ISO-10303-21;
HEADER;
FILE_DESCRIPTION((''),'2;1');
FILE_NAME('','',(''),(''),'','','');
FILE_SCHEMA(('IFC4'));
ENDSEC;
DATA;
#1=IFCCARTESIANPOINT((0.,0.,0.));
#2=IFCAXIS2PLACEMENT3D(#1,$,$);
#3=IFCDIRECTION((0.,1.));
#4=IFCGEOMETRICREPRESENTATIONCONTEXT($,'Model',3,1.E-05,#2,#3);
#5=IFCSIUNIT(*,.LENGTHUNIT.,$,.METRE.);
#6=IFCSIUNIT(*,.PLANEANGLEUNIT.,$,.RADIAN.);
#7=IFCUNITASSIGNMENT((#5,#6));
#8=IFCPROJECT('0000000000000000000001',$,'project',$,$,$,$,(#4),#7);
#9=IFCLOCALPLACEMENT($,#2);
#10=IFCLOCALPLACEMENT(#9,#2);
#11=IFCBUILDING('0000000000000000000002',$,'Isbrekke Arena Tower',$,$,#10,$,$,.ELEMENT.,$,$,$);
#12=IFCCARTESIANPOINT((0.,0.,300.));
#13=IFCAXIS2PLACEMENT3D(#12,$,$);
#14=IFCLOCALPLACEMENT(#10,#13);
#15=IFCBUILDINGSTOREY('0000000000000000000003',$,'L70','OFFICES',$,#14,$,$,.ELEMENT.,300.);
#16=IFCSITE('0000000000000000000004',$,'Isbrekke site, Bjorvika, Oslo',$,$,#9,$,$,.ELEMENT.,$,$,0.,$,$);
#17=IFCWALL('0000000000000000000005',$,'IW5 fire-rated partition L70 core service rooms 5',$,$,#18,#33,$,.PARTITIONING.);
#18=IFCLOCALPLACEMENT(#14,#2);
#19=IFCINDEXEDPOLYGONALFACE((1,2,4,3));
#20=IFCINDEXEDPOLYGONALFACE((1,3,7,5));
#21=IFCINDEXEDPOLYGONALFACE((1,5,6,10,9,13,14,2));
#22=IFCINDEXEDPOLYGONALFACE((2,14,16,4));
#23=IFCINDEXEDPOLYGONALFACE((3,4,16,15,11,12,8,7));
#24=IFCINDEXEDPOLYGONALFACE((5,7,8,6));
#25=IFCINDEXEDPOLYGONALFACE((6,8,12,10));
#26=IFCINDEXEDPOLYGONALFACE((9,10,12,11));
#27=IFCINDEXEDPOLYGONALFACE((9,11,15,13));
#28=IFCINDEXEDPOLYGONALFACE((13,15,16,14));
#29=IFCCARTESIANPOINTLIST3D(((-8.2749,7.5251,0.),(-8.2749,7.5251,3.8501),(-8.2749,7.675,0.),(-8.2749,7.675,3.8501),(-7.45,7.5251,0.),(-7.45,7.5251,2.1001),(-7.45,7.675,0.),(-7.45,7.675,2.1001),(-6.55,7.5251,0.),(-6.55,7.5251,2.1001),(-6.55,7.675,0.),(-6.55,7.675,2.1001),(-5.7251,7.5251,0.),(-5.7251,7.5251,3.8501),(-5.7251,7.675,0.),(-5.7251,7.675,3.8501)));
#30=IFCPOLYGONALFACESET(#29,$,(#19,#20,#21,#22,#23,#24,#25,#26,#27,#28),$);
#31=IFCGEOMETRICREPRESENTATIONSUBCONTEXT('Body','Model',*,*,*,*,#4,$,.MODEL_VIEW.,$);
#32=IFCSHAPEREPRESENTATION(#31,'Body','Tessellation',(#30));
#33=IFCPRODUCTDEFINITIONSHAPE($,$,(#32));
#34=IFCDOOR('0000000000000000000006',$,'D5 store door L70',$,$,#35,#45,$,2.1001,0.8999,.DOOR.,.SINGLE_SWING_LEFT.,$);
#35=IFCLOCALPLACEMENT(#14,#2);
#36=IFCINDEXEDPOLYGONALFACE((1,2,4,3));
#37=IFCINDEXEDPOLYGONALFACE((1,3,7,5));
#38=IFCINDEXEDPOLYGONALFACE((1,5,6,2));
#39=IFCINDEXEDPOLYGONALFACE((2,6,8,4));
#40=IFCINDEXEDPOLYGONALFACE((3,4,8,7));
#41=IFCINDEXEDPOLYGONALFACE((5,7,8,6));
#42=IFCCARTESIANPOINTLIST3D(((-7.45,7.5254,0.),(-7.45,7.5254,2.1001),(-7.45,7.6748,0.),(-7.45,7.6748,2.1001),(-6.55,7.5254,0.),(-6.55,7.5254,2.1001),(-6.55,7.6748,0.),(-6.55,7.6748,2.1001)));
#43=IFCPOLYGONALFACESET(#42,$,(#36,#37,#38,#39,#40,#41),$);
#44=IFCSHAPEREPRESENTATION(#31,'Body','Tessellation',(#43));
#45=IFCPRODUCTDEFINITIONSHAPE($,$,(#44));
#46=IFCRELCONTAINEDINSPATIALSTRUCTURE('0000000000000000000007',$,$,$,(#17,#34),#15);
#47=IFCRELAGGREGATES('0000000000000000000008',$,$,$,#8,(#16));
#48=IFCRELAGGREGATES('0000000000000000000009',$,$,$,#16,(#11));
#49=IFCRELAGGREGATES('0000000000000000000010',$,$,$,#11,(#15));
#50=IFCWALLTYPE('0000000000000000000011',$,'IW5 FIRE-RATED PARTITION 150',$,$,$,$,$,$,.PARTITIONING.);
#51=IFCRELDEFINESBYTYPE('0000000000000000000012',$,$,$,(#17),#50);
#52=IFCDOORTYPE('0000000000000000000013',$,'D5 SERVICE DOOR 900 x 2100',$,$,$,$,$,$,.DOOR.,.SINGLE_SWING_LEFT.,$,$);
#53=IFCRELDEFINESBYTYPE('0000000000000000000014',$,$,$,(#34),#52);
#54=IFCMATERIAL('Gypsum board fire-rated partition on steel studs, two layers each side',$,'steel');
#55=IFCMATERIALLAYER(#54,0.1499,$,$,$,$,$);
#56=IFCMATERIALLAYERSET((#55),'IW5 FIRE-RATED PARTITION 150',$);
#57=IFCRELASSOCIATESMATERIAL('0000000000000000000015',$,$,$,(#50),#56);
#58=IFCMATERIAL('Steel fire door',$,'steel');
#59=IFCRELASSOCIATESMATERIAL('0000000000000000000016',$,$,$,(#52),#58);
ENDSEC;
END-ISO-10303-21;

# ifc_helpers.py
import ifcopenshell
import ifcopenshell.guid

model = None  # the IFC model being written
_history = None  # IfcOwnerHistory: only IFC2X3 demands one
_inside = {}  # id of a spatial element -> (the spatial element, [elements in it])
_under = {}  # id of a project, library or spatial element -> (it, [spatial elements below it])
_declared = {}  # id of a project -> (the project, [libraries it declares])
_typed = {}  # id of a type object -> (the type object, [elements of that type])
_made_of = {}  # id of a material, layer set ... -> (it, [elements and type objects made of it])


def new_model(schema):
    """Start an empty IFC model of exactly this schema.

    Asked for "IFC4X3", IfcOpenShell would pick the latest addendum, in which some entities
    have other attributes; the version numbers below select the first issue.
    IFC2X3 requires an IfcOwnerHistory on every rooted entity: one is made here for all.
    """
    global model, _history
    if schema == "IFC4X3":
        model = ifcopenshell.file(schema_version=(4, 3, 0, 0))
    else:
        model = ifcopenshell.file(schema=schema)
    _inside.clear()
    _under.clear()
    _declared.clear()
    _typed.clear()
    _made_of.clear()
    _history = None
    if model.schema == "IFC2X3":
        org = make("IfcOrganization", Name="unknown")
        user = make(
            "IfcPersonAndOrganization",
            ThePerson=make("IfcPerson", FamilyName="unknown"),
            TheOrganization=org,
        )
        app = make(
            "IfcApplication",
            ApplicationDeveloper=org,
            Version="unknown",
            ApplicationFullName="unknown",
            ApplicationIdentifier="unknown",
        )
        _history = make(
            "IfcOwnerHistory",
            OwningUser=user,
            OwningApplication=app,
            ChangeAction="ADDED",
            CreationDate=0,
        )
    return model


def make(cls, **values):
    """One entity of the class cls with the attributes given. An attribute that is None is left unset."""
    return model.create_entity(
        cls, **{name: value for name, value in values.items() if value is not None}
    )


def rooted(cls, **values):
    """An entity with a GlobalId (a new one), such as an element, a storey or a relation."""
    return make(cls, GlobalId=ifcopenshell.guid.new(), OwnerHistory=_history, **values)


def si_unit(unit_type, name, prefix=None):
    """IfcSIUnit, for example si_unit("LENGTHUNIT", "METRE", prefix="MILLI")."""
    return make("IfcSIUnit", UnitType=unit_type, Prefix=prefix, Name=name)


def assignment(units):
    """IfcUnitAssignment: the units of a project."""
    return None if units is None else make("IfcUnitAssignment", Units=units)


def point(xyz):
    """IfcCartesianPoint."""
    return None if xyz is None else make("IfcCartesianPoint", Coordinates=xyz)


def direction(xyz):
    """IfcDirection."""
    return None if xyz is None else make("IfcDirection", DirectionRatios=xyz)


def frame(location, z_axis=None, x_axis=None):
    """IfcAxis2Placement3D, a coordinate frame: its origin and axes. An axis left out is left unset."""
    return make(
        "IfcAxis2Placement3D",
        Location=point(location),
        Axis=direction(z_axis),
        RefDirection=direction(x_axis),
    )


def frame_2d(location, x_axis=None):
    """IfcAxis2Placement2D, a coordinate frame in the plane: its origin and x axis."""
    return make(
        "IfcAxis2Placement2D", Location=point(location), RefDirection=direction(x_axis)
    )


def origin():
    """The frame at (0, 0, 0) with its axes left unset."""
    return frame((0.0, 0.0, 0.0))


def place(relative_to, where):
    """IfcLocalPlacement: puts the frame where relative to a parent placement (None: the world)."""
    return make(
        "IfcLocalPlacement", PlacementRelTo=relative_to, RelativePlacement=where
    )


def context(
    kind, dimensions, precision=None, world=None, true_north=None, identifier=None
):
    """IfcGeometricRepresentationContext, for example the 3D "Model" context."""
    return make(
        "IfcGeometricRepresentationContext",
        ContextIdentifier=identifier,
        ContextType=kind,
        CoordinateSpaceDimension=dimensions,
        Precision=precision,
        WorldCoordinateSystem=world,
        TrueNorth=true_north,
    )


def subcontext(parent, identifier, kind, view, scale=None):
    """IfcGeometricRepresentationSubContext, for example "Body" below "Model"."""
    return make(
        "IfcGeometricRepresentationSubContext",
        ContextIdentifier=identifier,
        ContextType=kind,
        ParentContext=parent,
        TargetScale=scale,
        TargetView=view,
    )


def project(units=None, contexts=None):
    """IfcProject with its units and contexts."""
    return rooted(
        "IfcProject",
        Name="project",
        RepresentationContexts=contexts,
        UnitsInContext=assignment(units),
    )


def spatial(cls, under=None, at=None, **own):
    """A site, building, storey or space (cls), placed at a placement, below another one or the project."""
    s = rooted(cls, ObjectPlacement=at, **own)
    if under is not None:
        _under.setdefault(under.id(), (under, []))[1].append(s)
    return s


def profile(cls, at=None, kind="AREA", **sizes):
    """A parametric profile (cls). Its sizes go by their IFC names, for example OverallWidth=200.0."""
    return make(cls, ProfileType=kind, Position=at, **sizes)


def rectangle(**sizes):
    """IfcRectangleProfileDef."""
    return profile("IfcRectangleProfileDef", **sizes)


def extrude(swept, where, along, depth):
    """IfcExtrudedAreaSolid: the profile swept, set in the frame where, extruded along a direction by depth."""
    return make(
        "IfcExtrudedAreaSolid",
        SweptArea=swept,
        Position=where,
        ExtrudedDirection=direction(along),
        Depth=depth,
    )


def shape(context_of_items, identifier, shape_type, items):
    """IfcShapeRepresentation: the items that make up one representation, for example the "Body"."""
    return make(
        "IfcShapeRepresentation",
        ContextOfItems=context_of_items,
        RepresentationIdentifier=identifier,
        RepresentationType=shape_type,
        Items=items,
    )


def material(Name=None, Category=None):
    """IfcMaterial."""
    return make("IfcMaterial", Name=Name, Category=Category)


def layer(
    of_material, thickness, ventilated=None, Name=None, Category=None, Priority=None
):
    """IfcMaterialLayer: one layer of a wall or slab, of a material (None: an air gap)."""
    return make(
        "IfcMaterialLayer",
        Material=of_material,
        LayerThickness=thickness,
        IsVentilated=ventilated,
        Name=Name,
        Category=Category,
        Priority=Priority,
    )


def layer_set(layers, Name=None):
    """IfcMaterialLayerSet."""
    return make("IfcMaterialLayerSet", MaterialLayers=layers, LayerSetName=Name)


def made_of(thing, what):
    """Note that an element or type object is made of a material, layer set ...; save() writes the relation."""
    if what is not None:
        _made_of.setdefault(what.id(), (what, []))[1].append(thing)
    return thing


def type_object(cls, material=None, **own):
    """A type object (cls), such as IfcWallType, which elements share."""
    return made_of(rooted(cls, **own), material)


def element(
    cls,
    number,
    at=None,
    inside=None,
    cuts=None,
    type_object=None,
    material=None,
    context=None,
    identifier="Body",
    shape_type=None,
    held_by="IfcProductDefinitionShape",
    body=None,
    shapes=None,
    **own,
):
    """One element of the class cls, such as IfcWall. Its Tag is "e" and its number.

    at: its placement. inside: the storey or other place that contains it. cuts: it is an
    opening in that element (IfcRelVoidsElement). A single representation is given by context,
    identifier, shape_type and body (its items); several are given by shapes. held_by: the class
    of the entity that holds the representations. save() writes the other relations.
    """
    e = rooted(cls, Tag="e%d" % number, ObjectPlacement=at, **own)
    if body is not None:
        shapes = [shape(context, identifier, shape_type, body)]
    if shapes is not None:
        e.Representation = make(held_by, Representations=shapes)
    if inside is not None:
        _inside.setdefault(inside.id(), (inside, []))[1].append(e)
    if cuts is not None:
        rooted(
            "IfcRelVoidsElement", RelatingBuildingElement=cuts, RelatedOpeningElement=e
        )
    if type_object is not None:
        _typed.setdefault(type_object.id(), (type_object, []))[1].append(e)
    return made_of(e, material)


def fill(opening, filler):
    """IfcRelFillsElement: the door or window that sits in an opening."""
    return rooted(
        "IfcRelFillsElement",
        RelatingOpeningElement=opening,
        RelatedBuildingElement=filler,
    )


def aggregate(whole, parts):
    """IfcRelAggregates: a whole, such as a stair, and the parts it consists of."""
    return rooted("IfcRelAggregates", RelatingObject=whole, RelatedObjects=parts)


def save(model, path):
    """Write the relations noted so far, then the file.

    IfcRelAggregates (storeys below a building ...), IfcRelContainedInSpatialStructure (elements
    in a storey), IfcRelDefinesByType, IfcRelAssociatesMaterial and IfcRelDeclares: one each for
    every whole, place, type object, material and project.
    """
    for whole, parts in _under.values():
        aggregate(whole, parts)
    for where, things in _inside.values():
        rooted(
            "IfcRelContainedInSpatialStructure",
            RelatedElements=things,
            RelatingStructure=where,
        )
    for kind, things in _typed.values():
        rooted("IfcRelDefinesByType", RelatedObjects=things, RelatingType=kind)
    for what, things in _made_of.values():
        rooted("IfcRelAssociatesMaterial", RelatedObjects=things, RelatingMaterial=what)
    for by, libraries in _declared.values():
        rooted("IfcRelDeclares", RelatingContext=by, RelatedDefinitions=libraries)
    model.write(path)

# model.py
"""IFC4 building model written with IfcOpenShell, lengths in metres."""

from ifc_helpers import new_model, si_unit, direction, frame, frame_2d, origin, place, context, subcontext, project, spatial, rectangle, extrude, material, layer, layer_set, type_object, element, fill, save


model = new_model("IFC4")

# Units and contexts
model_context = context("Model", 3, precision=1e-05, world=origin(), true_north=direction((0.0, 1.0)))
body_context = subcontext(model_context, "Body", "Model", "MODEL_VIEW")
ifc_project = project(units=[si_unit("LENGTHUNIT", "METRE"), si_unit("PLANEANGLEUNIT", "RADIAN")], contexts=[model_context])

# Site, building, storey
site_placement = place(None, origin())
site = spatial("IfcSite", under=ifc_project, at=site_placement, Name="Isbrekke site, Bjorvika, Oslo", CompositionType="ELEMENT", RefElevation=0.0)
building_placement = place(site_placement, origin())
building = spatial("IfcBuilding", under=site, at=building_placement, Name="Isbrekke Arena Tower", CompositionType="ELEMENT")
storey_placement = place(building_placement, frame((0.0, 0.0, 300.0)))
storey = spatial("IfcBuildingStorey", under=building, at=storey_placement, Name="L70", Description="OFFICES", CompositionType="ELEMENT", Elevation=300.0)

# Wall, opening, door
ifc_material_1 = material(Name="Gypsum board fire-rated partition on steel studs, two layers each side", Category="steel")
ifc_layer_1 = layer(ifc_material_1, 0.1499)
ifc_layer_set_1 = layer_set([ifc_layer_1], Name="IW5 FIRE-RATED PARTITION 150")
wall_type_1 = type_object("IfcWallType", Name="IW5 FIRE-RATED PARTITION 150", PredefinedType="PARTITIONING", material=ifc_layer_set_1)
wall_placement = place(storey_placement, frame((-8.2749, 7.6001, 0.0), z_axis=(0.0, 0.0, 1.0), x_axis=(1.0, 0.0, 0.0)))
wall = element("IfcWall", 1, at=wall_placement, inside=storey, type_object=wall_type_1, Name="IW5 fire-rated partition L70 core service rooms 5", PredefinedType="PARTITIONING", context=body_context, shape_type="SweptSolid", body=[
    extrude(rectangle(XDim=2.5498, YDim=0.1499, at=frame_2d((1.2749, 0.0))), origin(), (0.0, 0.0, 1.0), 3.8501),
])
opening_placement = place(wall_placement, frame((0.825, 0.0, 0.0)))
opening = element("IfcOpeningElement", 2, at=opening_placement, cuts=wall, PredefinedType="OPENING", context=body_context, shape_type="SweptSolid", body=[
    extrude(rectangle(XDim=0.8999, YDim=2.1001, at=frame_2d((0.45, 1.05))), frame((0.0, 0.0898, 0.0), z_axis=(0.0, -1.0, 0.0), x_axis=(1.0, 0.0, 0.0)), (0.0, 0.0, 1.0), 0.1797),
])
ifc_material_2 = material(Name="Steel fire door", Category="steel")
door_type = type_object("IfcDoorType", Name="D5 SERVICE DOOR 900 x 2100", OperationType="SINGLE_SWING_LEFT", PredefinedType="DOOR", material=ifc_material_2)
door_placement = place(opening_placement, origin())
door = element("IfcDoor", 3, at=door_placement, inside=storey, type_object=door_type, Name="D5 store door L70", OperationType="SINGLE_SWING_LEFT", OverallHeight=2.1001, OverallWidth=0.8999, PredefinedType="DOOR", context=body_context, shape_type="SweptSolid", body=[
    extrude(rectangle(XDim=0.8999, YDim=2.1001, at=frame_2d((0.45, 1.05))), frame((0.0, 0.0747, 0.0), z_axis=(0.0, -1.0, 0.0), x_axis=(1.0, 0.0, 0.0)), (0.0, 0.0, 1.0), 0.1494),
])
fill(opening, door)

save(model, "model.ifc")
